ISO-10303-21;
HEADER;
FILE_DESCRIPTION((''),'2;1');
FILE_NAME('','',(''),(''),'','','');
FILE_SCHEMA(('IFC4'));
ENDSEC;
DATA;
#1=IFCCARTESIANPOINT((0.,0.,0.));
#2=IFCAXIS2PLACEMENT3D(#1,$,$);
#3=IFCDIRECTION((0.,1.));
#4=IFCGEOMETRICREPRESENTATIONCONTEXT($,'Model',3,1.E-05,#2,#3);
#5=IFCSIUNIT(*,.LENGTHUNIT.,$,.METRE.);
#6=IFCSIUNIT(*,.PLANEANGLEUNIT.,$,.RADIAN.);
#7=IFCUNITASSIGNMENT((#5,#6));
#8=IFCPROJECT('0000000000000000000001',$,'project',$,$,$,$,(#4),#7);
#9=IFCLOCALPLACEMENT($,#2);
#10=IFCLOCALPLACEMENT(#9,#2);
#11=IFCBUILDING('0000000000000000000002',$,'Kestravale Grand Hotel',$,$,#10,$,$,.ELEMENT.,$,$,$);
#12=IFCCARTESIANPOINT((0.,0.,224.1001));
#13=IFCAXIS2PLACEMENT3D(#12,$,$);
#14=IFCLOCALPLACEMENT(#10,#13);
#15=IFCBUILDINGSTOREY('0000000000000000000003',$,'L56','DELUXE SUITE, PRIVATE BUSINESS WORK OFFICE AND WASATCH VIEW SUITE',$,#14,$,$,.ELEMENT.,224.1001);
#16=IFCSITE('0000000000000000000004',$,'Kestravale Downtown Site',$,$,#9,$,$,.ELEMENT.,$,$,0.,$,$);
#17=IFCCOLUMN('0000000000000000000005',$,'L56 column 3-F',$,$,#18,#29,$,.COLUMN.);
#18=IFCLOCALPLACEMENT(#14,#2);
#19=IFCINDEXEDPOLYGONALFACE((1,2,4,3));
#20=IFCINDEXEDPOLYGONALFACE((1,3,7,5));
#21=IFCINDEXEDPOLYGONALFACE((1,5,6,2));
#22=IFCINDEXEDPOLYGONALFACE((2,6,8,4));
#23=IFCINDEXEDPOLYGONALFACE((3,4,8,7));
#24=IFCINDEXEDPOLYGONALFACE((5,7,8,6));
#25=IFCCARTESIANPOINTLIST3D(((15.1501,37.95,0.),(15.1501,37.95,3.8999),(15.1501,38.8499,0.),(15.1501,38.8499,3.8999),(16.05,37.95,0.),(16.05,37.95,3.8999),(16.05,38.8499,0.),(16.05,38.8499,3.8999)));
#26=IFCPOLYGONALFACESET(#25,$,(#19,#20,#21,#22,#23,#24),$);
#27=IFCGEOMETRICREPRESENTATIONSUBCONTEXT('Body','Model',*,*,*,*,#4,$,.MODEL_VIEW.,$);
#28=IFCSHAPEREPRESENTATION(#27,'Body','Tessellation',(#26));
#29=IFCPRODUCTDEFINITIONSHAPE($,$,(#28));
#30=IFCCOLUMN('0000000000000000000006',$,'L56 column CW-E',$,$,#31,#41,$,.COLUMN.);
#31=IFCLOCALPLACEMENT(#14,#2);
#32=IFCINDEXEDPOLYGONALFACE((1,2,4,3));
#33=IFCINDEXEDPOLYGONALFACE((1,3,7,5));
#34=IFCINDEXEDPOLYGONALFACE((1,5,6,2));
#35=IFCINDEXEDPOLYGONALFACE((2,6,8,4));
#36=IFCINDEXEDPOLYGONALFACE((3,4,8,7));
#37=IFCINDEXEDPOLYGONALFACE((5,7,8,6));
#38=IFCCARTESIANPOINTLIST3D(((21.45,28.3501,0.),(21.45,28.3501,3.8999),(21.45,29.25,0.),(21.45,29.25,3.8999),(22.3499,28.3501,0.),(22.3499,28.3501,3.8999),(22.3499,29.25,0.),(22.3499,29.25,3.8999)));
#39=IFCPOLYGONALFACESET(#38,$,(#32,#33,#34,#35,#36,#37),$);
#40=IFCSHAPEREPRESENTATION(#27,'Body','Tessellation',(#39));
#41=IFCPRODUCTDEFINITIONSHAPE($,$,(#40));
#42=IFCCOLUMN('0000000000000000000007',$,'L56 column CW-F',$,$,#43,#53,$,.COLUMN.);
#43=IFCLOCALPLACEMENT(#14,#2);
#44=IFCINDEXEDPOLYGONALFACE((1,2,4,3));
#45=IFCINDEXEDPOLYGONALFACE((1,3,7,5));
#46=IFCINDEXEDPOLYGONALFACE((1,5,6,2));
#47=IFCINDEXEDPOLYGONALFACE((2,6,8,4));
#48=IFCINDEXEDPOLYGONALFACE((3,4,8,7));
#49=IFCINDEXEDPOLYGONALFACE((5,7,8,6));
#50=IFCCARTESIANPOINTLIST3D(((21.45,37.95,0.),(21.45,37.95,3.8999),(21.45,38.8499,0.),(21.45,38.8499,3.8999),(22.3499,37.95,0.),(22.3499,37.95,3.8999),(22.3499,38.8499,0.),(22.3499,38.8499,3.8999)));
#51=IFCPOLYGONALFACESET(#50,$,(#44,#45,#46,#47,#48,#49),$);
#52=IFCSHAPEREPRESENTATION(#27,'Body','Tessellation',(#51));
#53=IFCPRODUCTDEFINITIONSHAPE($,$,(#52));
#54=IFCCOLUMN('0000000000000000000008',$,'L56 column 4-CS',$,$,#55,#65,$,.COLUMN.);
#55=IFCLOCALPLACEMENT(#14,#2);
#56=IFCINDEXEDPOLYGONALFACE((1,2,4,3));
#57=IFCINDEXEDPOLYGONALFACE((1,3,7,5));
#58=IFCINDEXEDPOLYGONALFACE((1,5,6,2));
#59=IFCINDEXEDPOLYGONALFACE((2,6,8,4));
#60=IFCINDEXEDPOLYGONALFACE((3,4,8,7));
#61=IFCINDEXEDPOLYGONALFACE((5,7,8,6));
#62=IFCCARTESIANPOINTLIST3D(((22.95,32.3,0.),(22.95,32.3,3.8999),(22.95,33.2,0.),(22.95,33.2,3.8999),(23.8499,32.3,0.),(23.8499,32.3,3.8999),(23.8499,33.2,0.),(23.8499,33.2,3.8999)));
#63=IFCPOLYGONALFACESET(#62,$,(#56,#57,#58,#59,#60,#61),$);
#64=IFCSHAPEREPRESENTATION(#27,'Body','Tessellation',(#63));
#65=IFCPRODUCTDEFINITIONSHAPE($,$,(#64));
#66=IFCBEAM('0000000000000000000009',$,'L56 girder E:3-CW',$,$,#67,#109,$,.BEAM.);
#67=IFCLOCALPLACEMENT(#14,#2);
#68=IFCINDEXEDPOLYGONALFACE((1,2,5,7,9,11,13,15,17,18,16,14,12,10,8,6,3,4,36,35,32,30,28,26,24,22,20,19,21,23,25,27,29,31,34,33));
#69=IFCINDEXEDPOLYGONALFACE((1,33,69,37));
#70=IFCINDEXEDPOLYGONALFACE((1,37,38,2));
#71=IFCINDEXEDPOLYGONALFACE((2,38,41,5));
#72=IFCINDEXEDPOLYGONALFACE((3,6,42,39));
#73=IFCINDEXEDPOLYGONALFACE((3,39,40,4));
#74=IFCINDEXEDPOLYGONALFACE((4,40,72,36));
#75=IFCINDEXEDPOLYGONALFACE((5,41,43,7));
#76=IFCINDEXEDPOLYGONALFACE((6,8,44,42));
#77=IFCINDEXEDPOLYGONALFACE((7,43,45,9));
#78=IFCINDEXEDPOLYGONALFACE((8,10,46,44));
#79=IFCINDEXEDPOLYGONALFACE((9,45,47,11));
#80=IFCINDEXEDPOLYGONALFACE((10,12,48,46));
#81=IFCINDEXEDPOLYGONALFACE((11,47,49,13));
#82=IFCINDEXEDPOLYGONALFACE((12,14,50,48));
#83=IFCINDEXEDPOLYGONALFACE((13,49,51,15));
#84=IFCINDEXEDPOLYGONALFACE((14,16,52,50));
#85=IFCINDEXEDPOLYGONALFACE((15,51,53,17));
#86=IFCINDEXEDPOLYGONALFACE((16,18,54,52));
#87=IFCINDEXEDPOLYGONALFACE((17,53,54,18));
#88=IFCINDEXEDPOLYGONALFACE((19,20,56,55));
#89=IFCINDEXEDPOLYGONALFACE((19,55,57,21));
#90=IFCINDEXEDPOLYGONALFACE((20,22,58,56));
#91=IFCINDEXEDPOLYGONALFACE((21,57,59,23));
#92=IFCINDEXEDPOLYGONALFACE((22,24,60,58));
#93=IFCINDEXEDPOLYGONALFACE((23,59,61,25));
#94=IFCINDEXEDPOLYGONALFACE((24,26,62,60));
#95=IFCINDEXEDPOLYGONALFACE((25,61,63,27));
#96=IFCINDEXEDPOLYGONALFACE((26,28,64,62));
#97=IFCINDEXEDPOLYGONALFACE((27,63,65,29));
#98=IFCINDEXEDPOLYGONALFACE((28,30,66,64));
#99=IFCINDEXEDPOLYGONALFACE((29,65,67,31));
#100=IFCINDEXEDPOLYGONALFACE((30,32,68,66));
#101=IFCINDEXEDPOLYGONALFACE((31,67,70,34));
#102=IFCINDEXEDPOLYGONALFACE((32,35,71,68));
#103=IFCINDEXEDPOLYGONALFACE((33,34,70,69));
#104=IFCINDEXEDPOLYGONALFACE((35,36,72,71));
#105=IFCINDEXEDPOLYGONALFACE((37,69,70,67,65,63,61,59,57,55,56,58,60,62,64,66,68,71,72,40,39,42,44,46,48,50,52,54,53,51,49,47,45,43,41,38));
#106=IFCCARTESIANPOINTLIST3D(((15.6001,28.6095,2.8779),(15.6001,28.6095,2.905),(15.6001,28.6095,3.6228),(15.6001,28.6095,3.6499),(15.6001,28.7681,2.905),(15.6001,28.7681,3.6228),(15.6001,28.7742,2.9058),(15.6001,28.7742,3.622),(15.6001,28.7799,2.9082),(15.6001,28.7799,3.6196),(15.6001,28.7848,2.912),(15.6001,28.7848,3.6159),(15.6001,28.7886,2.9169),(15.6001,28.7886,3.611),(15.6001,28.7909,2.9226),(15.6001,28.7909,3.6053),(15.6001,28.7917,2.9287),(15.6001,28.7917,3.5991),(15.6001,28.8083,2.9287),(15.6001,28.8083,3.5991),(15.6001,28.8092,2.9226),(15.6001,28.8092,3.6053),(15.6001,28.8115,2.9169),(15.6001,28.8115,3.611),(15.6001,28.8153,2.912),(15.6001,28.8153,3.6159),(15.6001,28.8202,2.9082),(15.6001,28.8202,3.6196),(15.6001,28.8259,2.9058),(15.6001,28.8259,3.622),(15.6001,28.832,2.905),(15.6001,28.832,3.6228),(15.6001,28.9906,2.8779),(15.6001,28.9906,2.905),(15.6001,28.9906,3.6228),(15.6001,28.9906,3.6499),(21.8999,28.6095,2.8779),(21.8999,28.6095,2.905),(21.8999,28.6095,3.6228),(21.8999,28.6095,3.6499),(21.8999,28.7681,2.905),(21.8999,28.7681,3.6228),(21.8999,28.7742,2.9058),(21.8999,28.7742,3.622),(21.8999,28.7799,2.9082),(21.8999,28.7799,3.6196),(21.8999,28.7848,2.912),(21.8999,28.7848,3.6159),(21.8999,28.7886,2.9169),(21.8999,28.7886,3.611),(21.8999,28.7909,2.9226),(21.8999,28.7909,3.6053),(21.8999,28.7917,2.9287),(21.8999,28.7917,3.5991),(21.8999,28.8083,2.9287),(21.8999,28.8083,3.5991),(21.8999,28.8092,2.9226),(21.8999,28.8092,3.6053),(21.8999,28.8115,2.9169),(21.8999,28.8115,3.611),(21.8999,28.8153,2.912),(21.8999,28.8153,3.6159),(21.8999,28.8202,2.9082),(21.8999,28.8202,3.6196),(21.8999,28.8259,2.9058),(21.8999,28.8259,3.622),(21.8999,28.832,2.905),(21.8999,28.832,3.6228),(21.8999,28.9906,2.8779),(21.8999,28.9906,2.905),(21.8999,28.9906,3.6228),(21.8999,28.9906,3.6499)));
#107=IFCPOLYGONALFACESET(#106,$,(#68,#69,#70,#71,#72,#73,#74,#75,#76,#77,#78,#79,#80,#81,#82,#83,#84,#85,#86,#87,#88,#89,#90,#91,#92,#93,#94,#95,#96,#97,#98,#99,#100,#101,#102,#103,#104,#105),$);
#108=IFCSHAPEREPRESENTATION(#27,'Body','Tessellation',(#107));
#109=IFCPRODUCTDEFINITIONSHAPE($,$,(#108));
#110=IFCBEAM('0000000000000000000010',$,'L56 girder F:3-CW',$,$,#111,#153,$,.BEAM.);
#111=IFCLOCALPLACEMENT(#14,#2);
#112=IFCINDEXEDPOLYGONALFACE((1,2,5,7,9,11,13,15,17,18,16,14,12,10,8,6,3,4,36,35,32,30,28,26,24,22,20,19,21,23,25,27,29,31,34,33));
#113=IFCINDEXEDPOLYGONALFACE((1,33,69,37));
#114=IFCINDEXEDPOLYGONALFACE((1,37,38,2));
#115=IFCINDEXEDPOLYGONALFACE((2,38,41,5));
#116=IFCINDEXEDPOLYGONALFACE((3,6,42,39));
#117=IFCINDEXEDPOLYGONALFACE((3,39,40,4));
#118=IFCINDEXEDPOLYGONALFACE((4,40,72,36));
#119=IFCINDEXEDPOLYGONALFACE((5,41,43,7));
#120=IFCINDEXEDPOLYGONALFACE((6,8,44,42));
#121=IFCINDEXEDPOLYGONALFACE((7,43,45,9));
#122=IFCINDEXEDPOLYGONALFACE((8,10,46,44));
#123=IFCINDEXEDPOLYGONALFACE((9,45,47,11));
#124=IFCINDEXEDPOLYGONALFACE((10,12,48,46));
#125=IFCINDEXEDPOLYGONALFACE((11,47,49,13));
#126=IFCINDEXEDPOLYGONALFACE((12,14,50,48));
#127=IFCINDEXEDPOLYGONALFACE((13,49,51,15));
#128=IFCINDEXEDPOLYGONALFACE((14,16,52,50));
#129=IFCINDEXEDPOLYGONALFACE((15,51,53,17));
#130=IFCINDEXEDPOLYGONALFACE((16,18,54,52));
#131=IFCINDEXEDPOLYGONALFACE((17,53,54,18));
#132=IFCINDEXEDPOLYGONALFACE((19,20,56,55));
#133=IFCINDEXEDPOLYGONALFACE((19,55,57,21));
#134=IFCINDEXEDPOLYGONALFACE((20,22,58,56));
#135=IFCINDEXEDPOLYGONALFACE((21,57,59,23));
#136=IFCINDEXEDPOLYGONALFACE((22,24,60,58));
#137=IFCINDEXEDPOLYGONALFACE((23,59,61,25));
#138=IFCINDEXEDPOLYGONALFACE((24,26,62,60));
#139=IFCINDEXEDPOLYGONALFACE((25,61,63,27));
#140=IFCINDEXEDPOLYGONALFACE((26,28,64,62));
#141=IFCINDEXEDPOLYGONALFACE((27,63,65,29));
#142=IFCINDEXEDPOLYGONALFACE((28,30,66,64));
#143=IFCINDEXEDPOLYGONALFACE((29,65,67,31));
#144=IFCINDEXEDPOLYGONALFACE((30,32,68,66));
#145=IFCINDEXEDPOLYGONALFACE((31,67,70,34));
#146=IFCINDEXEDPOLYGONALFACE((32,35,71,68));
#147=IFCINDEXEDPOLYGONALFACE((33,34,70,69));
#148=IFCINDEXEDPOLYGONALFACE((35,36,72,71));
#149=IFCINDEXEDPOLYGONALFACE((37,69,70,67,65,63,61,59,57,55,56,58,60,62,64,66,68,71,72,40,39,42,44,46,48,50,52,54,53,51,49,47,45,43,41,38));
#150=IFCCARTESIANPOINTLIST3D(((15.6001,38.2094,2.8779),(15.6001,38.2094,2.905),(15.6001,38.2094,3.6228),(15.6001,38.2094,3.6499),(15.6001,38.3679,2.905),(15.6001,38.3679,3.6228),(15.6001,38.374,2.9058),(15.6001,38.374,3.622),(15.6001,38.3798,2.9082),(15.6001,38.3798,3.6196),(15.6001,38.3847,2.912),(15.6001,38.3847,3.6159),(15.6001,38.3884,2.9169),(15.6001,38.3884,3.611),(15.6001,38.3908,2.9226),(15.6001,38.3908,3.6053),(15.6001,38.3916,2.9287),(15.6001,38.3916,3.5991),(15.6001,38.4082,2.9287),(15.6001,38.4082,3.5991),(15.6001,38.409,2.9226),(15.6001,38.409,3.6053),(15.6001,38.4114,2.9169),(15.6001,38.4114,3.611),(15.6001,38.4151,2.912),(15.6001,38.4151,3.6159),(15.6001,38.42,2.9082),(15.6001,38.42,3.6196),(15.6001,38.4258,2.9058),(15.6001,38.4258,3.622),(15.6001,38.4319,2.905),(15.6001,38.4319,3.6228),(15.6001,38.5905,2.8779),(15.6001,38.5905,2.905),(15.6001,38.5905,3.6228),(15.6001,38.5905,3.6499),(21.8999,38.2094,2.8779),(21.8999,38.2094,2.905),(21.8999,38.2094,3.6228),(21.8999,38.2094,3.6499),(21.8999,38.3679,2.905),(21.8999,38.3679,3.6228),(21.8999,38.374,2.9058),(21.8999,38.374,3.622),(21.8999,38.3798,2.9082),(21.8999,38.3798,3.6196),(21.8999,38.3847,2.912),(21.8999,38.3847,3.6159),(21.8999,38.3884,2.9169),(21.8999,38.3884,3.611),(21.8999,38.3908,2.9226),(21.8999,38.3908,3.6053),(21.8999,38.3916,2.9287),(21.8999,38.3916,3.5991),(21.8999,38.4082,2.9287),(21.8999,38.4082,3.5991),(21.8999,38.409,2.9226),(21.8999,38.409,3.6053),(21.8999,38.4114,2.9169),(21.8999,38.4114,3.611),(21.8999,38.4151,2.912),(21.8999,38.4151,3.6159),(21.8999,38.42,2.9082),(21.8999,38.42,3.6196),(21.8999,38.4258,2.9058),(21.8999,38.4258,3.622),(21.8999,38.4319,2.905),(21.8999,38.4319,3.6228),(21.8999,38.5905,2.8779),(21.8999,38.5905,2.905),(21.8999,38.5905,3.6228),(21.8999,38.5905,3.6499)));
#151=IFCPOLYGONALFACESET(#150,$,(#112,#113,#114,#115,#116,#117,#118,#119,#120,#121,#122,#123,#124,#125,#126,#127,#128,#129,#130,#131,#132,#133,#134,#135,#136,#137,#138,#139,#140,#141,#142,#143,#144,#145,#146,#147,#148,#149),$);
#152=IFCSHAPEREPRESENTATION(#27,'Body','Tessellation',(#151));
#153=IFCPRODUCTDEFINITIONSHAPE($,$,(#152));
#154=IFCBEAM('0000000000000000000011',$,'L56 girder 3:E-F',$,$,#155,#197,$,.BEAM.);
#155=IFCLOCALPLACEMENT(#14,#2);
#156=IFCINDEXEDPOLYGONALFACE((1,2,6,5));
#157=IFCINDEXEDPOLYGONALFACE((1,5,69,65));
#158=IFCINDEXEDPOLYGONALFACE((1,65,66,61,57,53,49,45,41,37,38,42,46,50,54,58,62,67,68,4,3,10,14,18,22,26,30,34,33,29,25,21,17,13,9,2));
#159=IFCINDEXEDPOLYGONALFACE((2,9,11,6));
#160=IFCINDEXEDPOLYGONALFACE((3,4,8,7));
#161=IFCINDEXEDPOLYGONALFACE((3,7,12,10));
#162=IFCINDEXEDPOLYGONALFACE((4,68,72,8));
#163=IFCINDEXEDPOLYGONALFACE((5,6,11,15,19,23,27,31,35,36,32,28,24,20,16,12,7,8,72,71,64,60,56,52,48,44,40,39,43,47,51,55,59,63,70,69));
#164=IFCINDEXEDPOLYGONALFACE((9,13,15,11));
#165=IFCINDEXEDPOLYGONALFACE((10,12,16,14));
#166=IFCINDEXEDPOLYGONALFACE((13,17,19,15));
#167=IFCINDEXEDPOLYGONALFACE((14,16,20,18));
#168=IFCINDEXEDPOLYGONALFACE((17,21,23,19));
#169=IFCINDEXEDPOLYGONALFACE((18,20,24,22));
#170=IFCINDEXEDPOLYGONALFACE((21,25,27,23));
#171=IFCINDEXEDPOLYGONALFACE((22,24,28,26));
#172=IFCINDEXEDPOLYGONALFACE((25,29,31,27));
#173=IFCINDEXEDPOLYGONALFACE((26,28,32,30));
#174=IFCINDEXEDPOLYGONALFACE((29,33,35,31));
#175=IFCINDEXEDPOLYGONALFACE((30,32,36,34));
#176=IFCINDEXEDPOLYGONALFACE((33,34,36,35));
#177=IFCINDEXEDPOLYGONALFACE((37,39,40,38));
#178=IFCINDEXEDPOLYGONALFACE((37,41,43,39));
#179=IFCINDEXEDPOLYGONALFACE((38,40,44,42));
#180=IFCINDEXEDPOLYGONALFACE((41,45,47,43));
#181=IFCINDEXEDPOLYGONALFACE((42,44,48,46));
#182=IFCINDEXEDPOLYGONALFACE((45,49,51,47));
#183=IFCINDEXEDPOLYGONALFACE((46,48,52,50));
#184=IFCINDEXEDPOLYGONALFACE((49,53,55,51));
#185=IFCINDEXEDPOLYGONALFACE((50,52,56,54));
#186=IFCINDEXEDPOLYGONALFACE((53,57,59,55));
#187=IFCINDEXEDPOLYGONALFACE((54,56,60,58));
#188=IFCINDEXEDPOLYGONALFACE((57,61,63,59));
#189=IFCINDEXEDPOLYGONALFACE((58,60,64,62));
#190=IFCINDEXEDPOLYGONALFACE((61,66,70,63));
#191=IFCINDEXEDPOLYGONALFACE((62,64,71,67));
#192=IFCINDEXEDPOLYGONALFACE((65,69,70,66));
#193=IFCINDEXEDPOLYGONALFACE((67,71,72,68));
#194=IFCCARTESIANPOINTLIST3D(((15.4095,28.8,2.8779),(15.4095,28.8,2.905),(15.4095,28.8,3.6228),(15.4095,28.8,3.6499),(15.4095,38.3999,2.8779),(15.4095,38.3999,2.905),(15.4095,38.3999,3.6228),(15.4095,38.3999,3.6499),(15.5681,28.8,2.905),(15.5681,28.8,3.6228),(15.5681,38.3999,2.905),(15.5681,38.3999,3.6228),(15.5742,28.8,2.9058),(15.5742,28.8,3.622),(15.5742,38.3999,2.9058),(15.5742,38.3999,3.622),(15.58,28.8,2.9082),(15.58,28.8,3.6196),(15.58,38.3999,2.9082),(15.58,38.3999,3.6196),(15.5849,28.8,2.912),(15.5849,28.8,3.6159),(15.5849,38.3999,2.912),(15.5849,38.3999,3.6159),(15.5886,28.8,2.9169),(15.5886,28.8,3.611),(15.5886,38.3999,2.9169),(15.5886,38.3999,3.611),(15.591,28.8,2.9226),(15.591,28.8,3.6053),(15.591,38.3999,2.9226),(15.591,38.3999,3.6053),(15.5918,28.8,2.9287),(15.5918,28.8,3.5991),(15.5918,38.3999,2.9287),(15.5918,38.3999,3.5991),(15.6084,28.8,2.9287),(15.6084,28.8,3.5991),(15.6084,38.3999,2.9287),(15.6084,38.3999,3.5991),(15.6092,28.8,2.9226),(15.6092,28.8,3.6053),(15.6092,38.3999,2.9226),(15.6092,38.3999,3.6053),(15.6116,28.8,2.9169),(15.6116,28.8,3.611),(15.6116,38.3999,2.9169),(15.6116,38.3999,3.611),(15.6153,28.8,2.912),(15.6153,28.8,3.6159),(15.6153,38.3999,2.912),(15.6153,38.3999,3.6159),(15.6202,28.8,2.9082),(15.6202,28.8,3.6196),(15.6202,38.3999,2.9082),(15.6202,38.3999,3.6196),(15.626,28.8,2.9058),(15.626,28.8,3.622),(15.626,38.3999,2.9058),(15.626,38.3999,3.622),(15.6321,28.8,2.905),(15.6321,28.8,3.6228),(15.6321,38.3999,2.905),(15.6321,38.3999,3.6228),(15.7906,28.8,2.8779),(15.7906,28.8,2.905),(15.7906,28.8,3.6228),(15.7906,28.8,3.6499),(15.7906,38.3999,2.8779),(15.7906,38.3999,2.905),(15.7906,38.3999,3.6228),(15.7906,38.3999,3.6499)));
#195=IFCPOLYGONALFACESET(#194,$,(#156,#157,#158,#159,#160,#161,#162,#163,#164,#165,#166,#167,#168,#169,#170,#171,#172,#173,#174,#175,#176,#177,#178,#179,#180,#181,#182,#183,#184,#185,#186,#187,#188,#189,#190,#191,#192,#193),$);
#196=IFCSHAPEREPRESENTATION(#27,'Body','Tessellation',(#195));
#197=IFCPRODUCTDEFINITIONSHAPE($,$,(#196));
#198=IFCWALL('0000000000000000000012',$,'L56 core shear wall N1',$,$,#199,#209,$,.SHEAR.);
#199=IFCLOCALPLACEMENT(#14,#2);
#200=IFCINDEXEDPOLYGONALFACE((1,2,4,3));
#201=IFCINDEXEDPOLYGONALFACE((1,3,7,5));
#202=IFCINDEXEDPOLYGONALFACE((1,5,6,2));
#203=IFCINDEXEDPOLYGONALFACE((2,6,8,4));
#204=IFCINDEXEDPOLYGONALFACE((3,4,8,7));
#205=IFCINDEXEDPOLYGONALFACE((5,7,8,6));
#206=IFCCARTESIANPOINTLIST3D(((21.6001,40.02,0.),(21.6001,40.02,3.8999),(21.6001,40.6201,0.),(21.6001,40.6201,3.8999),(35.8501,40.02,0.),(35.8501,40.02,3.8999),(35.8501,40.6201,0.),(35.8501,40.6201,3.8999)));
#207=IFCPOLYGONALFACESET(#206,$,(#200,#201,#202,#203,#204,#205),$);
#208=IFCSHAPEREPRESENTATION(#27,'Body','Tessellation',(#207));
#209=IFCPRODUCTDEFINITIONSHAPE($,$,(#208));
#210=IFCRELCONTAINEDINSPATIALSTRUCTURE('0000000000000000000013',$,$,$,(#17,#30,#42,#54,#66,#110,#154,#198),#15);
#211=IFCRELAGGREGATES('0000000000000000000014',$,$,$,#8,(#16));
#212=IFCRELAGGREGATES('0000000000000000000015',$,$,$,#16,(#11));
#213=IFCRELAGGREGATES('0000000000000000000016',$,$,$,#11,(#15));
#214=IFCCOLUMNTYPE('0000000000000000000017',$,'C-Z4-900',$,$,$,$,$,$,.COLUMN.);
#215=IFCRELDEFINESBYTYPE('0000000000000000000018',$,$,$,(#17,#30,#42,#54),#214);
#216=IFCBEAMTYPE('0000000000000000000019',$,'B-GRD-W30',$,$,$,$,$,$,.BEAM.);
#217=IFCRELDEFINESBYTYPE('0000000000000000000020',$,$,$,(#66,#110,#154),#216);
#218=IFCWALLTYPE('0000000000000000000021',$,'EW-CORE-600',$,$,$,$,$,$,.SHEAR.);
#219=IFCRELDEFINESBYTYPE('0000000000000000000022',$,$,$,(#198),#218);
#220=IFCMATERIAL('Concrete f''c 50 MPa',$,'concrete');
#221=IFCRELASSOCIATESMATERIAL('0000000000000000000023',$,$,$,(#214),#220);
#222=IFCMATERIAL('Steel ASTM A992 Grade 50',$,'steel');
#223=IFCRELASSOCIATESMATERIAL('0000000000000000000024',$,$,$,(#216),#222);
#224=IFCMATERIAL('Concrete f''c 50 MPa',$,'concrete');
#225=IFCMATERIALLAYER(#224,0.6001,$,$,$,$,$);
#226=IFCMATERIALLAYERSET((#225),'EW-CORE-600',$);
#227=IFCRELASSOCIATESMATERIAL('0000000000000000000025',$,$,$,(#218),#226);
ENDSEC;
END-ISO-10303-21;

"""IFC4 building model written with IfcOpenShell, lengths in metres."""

from ifc_helpers import new_model, si_unit, direction, frame, frame_2d, origin, origin_2d, place, context, subcontext, project, spatial, rectangle, i_section, extrude, material, layer, layer_set, material_profile, profile_set, type_object, element, save


model = new_model("IFC4")

# Units and contexts
model_context = context("Model", 3, precision=1e-05, world=origin(), true_north=direction((0.0, 1.0)))
body_context = subcontext(model_context, "Body", "Model", "MODEL_VIEW")
ifc_project = project(units=[si_unit("LENGTHUNIT", "METRE"), si_unit("PLANEANGLEUNIT", "RADIAN")], contexts=[model_context])

# Site, building, storey
site_placement = place(None, origin())
site = spatial("IfcSite", under=ifc_project, at=site_placement, Name="Kestravale Downtown Site", CompositionType="ELEMENT", RefElevation=0.0)
building_placement = place(site_placement, origin())
building = spatial("IfcBuilding", under=site, at=building_placement, Name="Kestravale Grand Hotel", CompositionType="ELEMENT")
storey_placement = place(building_placement, frame((0.0, 0.0, 224.1001)))
storey = spatial("IfcBuildingStorey", under=building, at=storey_placement, Name="L56", Description="DELUXE SUITE, PRIVATE BUSINESS WORK OFFICE AND WASATCH VIEW SUITE", CompositionType="ELEMENT", Elevation=224.1001)

# Columns
ifc_material_1 = material(Name="Concrete f'c 50 MPa", Category="concrete")
ifc_material_profile_1 = material_profile(ifc_material_1, rectangle(XDim=0.8999, YDim=0.8999, at=origin_2d()))
ifc_profile_set_1 = profile_set([ifc_material_profile_1], Name="Concrete f'c 50 MPa")
column_type = type_object("IfcColumnType", Name="C-Z4-900", PredefinedType="COLUMN", material=ifc_profile_set_1)
for number, where, z_axis, x_axis, name in (
    (1, (15.6001, 38.3999, 0.0), (0.0, 0.0, 1.0), (1.0, 0.0, 0.0), "L56 column 3-F"),
    (2, (21.8999, 28.8, 0.0), (0.0, 0.0, 1.0), (1.0, 0.0, 0.0), "L56 column CW-E"),
    (3, (21.8999, 38.3999, 0.0), (0.0, 0.0, 1.0), (1.0, 0.0, 0.0), "L56 column CW-F"),
    (4, (23.3999, 32.75, 0.0), (0.0, 0.0, 1.0), (1.0, 0.0, 0.0), "L56 column 4-CS"),
):
    element("IfcColumn", number, at=place(storey_placement, frame(where, z_axis=z_axis, x_axis=x_axis)), inside=storey, type_object=column_type, Name=name, PredefinedType="COLUMN", context=body_context, shape_type="SweptSolid", body=[
        extrude(rectangle(XDim=0.8999, YDim=0.8999, at=origin_2d()), origin(), (0.0, 0.0, 1.0), 3.8999),
    ])

# Beams
ifc_material_2 = material(Name="Steel ASTM A992 Grade 50", Category="steel")
ifc_material_profile_2 = material_profile(ifc_material_2, i_section(OverallWidth=0.3811, OverallDepth=0.772, WebThickness=0.0166, FlangeThickness=0.0271, FilletRadius=0.0237, at=origin_2d()))
ifc_profile_set_2 = profile_set([ifc_material_profile_2], Name="Steel ASTM A992 Grade 50")
beam_type = type_object("IfcBeamType", Name="B-GRD-W30", PredefinedType="BEAM", material=ifc_profile_set_2)
for number, where, z_axis, x_axis, name in (
    (5, (15.6001, 28.8, 3.2639), (1.0, 0.0, 0.0), (0.0, 1.0, 0.0), "L56 girder E:3-CW"),
    (6, (15.6001, 38.3999, 3.2639), (1.0, 0.0, 0.0), (0.0, 1.0, 0.0), "L56 girder F:3-CW"),
):
    element("IfcBeam", number, at=place(storey_placement, frame(where, z_axis=z_axis, x_axis=x_axis)), inside=storey, type_object=beam_type, Name=name, PredefinedType="BEAM", context=body_context, shape_type="SweptSolid", body=[
        extrude(i_section(OverallWidth=0.3811, OverallDepth=0.772, WebThickness=0.0166, FlangeThickness=0.0271, FilletRadius=0.0237, at=origin_2d()), origin(), (0.0, 0.0, 1.0), 6.2998),
    ])
beam_placement = place(storey_placement, frame((15.6001, 28.8, 3.2639), z_axis=(0.0, 1.0, 0.0), x_axis=(-1.0, 0.0, 0.0)))
element("IfcBeam", 7, at=beam_placement, inside=storey, type_object=beam_type, Name="L56 girder 3:E-F", PredefinedType="BEAM", context=body_context, shape_type="SweptSolid", body=[
    extrude(i_section(OverallWidth=0.3811, OverallDepth=0.772, WebThickness=0.0166, FlangeThickness=0.0271, FilletRadius=0.0237, at=origin_2d()), origin(), (0.0, 0.0, 1.0), 9.5999),
])

# Wall
ifc_material_3 = material(Name="Concrete f'c 50 MPa", Category="concrete")
ifc_layer_1 = layer(ifc_material_3, 0.6001)
ifc_layer_set_1 = layer_set([ifc_layer_1], Name="EW-CORE-600")
wall_type_1 = type_object("IfcWallType", Name="EW-CORE-600", PredefinedType="SHEAR", material=ifc_layer_set_1)
wall_1_placement = place(storey_placement, frame((21.6001, 40.3201, 0.0), z_axis=(0.0, 0.0, 1.0), x_axis=(1.0, 0.0, 0.0)))
element("IfcWall", 8, at=wall_1_placement, inside=storey, type_object=wall_type_1, Name="L56 core shear wall N1", PredefinedType="SHEAR", context=body_context, shape_type="SweptSolid", body=[
    extrude(rectangle(XDim=14.25, YDim=0.6001, at=frame_2d((7.125, 0.0))), origin(), (0.0, 0.0, 1.0), 3.8999),
])

save(model, "model.ifc")
